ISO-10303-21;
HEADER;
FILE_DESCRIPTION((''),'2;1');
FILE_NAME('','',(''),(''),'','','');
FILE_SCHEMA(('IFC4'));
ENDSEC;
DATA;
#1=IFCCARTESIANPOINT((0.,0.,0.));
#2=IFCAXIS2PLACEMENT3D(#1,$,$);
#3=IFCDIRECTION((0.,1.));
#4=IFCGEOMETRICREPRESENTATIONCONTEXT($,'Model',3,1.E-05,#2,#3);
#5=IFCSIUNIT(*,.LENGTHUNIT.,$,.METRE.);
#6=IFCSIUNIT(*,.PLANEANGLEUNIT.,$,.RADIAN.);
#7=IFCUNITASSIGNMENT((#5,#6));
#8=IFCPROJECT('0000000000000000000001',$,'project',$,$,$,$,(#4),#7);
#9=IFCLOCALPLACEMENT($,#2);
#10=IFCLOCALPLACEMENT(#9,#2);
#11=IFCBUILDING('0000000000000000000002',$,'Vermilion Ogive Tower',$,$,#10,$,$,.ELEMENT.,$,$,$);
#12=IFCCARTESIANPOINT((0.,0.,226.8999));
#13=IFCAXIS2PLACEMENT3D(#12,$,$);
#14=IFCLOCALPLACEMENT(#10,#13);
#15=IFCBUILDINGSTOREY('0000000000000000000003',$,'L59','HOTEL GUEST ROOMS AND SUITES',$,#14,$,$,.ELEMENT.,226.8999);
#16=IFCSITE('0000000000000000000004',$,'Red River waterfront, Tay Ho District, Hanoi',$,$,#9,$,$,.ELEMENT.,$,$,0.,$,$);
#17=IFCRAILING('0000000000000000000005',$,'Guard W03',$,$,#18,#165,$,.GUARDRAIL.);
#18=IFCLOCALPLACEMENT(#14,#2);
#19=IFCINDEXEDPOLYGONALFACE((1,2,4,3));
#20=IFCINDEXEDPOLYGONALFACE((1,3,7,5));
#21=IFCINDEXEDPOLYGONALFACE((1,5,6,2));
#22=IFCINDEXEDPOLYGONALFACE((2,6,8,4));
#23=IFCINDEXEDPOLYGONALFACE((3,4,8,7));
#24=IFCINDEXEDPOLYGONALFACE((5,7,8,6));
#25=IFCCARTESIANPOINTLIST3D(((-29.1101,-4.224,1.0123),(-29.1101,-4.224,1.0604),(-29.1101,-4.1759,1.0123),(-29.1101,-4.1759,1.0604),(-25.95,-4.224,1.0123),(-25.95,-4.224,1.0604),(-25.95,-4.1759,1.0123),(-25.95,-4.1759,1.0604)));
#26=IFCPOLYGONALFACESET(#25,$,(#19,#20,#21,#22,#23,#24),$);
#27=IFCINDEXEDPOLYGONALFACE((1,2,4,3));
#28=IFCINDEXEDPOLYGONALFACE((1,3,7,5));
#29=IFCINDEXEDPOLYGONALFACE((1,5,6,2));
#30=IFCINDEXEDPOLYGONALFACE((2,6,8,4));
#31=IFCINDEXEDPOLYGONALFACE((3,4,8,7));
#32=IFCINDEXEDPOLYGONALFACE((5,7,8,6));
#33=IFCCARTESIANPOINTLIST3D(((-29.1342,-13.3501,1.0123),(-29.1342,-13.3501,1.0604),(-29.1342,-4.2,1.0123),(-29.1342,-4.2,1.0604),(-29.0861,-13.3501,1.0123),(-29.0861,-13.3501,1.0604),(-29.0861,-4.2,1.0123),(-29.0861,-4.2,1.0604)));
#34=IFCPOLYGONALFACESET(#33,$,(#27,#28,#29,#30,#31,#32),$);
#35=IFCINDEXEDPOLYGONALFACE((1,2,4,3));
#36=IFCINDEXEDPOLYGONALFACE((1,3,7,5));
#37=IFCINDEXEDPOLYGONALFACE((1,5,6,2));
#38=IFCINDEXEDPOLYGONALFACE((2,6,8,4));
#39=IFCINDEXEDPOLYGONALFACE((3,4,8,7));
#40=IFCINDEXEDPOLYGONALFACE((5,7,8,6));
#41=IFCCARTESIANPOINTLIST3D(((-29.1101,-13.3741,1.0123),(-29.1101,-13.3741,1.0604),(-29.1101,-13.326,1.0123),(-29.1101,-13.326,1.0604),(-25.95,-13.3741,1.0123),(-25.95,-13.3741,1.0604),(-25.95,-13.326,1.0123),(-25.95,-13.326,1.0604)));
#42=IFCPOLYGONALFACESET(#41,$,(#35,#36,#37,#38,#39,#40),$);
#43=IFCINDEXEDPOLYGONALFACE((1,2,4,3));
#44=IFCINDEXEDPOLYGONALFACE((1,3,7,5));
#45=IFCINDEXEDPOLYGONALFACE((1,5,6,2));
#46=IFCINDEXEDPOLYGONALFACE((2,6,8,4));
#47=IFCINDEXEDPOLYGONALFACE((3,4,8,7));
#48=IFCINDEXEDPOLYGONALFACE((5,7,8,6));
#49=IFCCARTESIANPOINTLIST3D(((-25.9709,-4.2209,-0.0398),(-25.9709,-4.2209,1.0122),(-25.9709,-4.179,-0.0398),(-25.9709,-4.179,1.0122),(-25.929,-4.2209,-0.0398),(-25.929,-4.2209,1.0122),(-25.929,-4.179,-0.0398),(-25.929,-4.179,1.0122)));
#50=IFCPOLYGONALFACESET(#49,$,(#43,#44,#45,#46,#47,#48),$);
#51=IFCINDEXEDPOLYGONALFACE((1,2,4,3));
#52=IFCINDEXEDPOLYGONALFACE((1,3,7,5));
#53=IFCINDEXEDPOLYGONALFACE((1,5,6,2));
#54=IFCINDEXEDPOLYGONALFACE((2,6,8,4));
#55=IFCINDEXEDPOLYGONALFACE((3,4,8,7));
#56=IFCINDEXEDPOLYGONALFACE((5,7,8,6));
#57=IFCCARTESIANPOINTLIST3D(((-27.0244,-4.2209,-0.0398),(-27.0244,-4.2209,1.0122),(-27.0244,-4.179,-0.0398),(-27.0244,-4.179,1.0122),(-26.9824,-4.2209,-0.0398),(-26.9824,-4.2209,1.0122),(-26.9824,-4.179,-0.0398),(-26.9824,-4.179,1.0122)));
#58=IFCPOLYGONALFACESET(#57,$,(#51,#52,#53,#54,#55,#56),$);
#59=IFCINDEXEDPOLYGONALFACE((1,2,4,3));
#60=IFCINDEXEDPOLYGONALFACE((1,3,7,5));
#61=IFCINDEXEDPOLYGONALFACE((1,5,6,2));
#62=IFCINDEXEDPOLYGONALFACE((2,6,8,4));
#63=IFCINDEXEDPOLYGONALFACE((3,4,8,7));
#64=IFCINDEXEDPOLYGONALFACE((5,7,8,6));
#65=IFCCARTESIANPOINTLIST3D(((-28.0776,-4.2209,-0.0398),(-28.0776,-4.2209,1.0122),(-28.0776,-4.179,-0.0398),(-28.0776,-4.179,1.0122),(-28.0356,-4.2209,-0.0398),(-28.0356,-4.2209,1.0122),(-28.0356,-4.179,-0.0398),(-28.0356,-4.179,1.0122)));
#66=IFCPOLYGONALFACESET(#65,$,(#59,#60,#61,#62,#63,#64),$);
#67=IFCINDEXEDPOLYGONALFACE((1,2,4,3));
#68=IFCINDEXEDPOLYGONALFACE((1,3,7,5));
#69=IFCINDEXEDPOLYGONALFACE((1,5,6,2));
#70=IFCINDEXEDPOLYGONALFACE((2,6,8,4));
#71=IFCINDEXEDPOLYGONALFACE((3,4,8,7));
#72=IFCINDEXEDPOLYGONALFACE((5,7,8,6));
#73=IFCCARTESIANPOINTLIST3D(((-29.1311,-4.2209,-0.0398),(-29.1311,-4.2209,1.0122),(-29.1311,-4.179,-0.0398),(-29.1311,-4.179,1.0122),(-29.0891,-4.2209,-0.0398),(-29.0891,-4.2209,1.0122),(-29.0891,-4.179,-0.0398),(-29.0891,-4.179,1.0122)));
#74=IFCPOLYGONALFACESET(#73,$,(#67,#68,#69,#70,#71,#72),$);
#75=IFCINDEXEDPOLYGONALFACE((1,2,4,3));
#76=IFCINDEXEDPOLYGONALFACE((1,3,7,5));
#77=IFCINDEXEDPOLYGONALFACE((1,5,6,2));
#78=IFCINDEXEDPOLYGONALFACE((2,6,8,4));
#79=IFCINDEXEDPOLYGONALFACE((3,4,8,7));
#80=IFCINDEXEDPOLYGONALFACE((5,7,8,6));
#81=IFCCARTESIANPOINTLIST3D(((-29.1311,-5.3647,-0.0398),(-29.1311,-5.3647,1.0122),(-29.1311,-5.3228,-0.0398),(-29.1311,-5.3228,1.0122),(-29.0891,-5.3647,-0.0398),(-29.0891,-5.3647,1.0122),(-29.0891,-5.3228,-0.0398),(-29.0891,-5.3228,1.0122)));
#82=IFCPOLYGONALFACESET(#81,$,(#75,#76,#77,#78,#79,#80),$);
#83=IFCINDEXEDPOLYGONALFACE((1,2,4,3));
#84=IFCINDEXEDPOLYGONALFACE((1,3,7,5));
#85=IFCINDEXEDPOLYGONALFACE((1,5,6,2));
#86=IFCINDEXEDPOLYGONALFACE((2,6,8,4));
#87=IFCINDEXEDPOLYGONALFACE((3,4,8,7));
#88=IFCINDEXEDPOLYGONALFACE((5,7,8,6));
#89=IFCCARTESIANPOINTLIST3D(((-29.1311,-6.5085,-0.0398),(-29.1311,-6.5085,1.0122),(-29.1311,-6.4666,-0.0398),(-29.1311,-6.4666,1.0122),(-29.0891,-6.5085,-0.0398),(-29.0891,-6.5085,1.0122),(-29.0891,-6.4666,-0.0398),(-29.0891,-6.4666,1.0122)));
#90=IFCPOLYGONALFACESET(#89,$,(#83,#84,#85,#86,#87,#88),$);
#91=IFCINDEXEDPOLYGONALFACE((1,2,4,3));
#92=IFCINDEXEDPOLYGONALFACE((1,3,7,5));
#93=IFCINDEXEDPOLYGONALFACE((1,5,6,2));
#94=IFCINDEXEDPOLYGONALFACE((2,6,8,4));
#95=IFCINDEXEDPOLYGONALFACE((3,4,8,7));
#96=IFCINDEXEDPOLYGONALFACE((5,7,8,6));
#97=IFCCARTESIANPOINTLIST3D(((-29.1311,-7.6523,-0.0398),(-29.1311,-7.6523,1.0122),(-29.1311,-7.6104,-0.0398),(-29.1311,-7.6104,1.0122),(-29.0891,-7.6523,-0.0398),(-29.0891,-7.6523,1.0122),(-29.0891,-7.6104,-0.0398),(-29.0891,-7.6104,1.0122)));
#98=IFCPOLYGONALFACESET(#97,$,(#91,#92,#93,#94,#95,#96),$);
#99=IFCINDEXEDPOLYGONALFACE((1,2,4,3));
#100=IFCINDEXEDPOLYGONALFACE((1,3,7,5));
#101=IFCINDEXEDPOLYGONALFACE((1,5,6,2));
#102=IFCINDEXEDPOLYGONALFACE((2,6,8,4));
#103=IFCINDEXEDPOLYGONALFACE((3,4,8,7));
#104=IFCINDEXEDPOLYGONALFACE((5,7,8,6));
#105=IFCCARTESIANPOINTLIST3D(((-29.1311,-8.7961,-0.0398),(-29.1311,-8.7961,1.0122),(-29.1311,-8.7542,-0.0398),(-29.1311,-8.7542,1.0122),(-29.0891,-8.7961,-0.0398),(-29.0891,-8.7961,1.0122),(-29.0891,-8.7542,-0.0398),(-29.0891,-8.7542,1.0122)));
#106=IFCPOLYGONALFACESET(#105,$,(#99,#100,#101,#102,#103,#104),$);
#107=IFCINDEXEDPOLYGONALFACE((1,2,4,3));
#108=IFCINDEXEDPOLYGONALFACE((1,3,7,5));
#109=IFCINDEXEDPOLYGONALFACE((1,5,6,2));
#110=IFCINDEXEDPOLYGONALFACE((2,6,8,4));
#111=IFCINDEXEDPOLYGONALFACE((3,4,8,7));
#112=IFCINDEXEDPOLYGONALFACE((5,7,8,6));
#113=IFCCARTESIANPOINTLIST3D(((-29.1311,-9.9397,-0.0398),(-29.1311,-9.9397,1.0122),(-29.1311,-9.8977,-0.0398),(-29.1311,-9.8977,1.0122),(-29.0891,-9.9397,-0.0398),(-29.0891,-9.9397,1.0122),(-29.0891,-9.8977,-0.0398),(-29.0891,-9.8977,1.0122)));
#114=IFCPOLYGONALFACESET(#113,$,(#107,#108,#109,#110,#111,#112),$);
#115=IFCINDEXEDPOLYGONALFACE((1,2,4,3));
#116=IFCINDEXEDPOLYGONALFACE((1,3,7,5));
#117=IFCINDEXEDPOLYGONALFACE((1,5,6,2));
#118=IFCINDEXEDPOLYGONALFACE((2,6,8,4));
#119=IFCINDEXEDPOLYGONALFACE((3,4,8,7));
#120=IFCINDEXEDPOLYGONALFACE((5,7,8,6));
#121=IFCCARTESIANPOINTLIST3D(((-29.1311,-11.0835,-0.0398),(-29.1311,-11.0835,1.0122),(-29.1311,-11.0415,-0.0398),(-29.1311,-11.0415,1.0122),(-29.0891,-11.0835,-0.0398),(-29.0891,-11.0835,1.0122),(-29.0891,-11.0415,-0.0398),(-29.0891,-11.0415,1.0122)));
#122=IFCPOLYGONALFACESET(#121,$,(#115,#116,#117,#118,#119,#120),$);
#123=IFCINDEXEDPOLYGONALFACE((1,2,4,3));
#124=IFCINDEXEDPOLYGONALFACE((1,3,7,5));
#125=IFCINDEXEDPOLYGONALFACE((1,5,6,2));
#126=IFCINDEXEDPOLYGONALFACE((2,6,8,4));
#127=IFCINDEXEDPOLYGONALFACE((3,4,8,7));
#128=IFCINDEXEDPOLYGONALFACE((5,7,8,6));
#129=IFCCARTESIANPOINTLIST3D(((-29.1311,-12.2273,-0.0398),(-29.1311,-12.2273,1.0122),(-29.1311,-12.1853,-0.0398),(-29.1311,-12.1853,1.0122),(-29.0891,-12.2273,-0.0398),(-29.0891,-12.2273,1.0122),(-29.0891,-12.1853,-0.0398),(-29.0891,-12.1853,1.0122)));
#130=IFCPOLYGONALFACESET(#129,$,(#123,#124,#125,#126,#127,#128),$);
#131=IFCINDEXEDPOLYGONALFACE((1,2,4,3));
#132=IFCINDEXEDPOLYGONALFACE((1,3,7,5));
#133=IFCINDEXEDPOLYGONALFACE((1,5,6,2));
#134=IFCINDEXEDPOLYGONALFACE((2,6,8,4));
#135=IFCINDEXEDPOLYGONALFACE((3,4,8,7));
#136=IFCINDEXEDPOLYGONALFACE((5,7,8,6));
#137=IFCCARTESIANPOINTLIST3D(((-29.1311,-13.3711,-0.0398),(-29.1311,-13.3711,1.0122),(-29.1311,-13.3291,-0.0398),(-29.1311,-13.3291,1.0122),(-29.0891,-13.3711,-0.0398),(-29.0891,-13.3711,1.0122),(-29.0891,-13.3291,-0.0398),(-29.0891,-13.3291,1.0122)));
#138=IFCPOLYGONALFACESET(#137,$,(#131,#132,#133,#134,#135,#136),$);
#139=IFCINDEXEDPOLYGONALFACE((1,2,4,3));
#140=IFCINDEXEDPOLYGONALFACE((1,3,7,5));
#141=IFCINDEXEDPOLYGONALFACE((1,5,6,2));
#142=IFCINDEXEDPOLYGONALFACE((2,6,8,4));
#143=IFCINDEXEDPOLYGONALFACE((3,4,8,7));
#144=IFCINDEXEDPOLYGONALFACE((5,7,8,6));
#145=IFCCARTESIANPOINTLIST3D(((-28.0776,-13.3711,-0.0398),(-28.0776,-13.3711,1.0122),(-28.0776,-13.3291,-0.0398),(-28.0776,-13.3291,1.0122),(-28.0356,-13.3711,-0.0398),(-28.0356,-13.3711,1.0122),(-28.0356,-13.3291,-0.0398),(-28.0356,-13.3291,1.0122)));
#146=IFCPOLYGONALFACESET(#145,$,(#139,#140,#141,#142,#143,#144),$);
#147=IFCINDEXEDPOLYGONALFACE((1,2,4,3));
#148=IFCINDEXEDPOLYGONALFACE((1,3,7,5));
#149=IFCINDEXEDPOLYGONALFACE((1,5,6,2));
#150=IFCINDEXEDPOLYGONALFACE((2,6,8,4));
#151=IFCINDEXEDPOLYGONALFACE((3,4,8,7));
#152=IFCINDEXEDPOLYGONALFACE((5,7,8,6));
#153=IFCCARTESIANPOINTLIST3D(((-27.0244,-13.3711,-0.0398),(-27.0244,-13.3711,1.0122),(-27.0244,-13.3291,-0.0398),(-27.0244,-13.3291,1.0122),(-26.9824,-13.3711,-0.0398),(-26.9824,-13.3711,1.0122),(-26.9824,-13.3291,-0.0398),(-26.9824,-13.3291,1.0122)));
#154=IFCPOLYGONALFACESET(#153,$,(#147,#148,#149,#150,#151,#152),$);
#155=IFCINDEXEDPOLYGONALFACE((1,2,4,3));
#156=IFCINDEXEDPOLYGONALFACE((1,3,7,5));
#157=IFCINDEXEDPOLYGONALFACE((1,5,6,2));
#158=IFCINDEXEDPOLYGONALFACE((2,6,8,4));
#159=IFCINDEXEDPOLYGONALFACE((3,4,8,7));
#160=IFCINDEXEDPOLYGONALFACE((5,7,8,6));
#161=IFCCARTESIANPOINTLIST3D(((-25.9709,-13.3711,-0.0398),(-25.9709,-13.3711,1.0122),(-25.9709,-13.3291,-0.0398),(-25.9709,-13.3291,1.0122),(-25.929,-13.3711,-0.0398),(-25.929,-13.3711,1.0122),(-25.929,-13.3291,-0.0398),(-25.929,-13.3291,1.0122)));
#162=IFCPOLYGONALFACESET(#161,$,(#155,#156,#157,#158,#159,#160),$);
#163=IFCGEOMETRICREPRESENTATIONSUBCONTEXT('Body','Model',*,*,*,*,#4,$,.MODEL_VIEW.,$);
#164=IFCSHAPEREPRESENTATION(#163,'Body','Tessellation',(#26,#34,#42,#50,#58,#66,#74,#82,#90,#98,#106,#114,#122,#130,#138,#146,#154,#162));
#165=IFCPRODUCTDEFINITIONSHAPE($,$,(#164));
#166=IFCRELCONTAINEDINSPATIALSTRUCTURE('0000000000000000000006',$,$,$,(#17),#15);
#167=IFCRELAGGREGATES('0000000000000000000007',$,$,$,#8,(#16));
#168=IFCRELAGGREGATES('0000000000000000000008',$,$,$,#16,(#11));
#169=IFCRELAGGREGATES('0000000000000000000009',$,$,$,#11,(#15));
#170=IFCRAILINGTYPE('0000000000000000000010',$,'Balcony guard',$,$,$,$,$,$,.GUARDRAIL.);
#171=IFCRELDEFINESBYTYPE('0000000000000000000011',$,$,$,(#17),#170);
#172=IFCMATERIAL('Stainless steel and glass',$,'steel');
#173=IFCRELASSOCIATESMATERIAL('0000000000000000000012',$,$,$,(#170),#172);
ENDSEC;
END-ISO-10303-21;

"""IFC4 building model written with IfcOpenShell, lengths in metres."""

from ifc_helpers import new_model, si_unit, direction, frame, origin, origin_2d, place, context, subcontext, project, spatial, rectangle, extrude, material, type_object, element, save


model = new_model("IFC4")

# Units and contexts
model_context = context("Model", 3, precision=1e-05, world=origin(), true_north=direction((0.0, 1.0)))
body_context = subcontext(model_context, "Body", "Model", "MODEL_VIEW")
ifc_project = project(units=[si_unit("LENGTHUNIT", "METRE"), si_unit("PLANEANGLEUNIT", "RADIAN")], contexts=[model_context])

# Site, building, storey
site_placement = place(None, origin())
site = spatial("IfcSite", under=ifc_project, at=site_placement, Name="Red River waterfront, Tay Ho District, Hanoi", CompositionType="ELEMENT", RefElevation=0.0)
building_placement = place(site_placement, origin())
building = spatial("IfcBuilding", under=site, at=building_placement, Name="Vermilion Ogive Tower", CompositionType="ELEMENT")
storey_placement = place(building_placement, frame((0.0, 0.0, 226.8999)))
storey = spatial("IfcBuildingStorey", under=building, at=storey_placement, Name="L59", Description="HOTEL GUEST ROOMS AND SUITES", CompositionType="ELEMENT", Elevation=226.8999)

# Railing
ifc_material_1 = material(Name="Stainless steel and glass", Category="steel")
railing_type = type_object("IfcRailingType", Name="Balcony guard", PredefinedType="GUARDRAIL", material=ifc_material_1)
railing_placement = place(storey_placement, frame((-25.95, -4.2, -0.0398)))
element("IfcRailing", 1, at=railing_placement, inside=storey, type_object=railing_type, Name="Guard W03", PredefinedType="GUARDRAIL", context=body_context, shape_type="SweptSolid", body=[
    extrude(rectangle(XDim=0.0481, YDim=0.0481, at=origin_2d()), frame((0.0, 0.0, 1.0762), z_axis=(-1.0, 0.0, 0.0), x_axis=(0.0, -1.0, 0.0)), (0.0, 0.0, 1.0), 3.1602),
    extrude(rectangle(XDim=0.0481, YDim=0.0481, at=origin_2d()), frame((-3.1602, 0.0, 1.0762), z_axis=(0.0, -1.0, 0.0), x_axis=(1.0, 0.0, 0.0)), (0.0, 0.0, 1.0), 9.1501),
    extrude(rectangle(XDim=0.0481, YDim=0.0481, at=origin_2d()), frame((-3.1602, -9.1501, 1.0762), z_axis=(1.0, 0.0, 0.0), x_axis=(0.0, 1.0, 0.0)), (0.0, 0.0, 1.0), 3.1602),
    extrude(rectangle(XDim=0.042, YDim=0.042, at=origin_2d()), origin(), (0.0, 0.0, 1.0), 1.052),
    extrude(rectangle(XDim=0.042, YDim=0.042, at=origin_2d()), frame((-1.0535, 0.0, 0.0)), (0.0, 0.0, 1.0), 1.052),
    extrude(rectangle(XDim=0.042, YDim=0.042, at=origin_2d()), frame((-2.1067, 0.0, 0.0)), (0.0, 0.0, 1.0), 1.052),
    extrude(rectangle(XDim=0.042, YDim=0.042, at=origin_2d()), frame((-3.1602, 0.0, 0.0)), (0.0, 0.0, 1.0), 1.052),
    extrude(rectangle(XDim=0.042, YDim=0.042, at=origin_2d()), frame((-3.1602, -1.1438, 0.0)), (0.0, 0.0, 1.0), 1.052),
    extrude(rectangle(XDim=0.042, YDim=0.042, at=origin_2d()), frame((-3.1602, -2.2876, 0.0)), (0.0, 0.0, 1.0), 1.052),
    extrude(rectangle(XDim=0.042, YDim=0.042, at=origin_2d()), frame((-3.1602, -3.4314, 0.0)), (0.0, 0.0, 1.0), 1.052),
    extrude(rectangle(XDim=0.042, YDim=0.042, at=origin_2d()), frame((-3.1602, -4.5752, 0.0)), (0.0, 0.0, 1.0), 1.052),
    extrude(rectangle(XDim=0.042, YDim=0.042, at=origin_2d()), frame((-3.1602, -5.7188, 0.0)), (0.0, 0.0, 1.0), 1.052),
    extrude(rectangle(XDim=0.042, YDim=0.042, at=origin_2d()), frame((-3.1602, -6.8625, 0.0)), (0.0, 0.0, 1.0), 1.052),
    extrude(rectangle(XDim=0.042, YDim=0.042, at=origin_2d()), frame((-3.1602, -8.0063, 0.0)), (0.0, 0.0, 1.0), 1.052),
    extrude(rectangle(XDim=0.042, YDim=0.042, at=origin_2d()), frame((-3.1602, -9.1501, 0.0)), (0.0, 0.0, 1.0), 1.052),
    extrude(rectangle(XDim=0.042, YDim=0.042, at=origin_2d()), frame((-2.1067, -9.1501, 0.0)), (0.0, 0.0, 1.0), 1.052),
    extrude(rectangle(XDim=0.042, YDim=0.042, at=origin_2d()), frame((-1.0535, -9.1501, 0.0)), (0.0, 0.0, 1.0), 1.052),
    extrude(rectangle(XDim=0.042, YDim=0.042, at=origin_2d()), frame((0.0, -9.1501, 0.0)), (0.0, 0.0, 1.0), 1.052),
])

save(model, "model.ifc")
